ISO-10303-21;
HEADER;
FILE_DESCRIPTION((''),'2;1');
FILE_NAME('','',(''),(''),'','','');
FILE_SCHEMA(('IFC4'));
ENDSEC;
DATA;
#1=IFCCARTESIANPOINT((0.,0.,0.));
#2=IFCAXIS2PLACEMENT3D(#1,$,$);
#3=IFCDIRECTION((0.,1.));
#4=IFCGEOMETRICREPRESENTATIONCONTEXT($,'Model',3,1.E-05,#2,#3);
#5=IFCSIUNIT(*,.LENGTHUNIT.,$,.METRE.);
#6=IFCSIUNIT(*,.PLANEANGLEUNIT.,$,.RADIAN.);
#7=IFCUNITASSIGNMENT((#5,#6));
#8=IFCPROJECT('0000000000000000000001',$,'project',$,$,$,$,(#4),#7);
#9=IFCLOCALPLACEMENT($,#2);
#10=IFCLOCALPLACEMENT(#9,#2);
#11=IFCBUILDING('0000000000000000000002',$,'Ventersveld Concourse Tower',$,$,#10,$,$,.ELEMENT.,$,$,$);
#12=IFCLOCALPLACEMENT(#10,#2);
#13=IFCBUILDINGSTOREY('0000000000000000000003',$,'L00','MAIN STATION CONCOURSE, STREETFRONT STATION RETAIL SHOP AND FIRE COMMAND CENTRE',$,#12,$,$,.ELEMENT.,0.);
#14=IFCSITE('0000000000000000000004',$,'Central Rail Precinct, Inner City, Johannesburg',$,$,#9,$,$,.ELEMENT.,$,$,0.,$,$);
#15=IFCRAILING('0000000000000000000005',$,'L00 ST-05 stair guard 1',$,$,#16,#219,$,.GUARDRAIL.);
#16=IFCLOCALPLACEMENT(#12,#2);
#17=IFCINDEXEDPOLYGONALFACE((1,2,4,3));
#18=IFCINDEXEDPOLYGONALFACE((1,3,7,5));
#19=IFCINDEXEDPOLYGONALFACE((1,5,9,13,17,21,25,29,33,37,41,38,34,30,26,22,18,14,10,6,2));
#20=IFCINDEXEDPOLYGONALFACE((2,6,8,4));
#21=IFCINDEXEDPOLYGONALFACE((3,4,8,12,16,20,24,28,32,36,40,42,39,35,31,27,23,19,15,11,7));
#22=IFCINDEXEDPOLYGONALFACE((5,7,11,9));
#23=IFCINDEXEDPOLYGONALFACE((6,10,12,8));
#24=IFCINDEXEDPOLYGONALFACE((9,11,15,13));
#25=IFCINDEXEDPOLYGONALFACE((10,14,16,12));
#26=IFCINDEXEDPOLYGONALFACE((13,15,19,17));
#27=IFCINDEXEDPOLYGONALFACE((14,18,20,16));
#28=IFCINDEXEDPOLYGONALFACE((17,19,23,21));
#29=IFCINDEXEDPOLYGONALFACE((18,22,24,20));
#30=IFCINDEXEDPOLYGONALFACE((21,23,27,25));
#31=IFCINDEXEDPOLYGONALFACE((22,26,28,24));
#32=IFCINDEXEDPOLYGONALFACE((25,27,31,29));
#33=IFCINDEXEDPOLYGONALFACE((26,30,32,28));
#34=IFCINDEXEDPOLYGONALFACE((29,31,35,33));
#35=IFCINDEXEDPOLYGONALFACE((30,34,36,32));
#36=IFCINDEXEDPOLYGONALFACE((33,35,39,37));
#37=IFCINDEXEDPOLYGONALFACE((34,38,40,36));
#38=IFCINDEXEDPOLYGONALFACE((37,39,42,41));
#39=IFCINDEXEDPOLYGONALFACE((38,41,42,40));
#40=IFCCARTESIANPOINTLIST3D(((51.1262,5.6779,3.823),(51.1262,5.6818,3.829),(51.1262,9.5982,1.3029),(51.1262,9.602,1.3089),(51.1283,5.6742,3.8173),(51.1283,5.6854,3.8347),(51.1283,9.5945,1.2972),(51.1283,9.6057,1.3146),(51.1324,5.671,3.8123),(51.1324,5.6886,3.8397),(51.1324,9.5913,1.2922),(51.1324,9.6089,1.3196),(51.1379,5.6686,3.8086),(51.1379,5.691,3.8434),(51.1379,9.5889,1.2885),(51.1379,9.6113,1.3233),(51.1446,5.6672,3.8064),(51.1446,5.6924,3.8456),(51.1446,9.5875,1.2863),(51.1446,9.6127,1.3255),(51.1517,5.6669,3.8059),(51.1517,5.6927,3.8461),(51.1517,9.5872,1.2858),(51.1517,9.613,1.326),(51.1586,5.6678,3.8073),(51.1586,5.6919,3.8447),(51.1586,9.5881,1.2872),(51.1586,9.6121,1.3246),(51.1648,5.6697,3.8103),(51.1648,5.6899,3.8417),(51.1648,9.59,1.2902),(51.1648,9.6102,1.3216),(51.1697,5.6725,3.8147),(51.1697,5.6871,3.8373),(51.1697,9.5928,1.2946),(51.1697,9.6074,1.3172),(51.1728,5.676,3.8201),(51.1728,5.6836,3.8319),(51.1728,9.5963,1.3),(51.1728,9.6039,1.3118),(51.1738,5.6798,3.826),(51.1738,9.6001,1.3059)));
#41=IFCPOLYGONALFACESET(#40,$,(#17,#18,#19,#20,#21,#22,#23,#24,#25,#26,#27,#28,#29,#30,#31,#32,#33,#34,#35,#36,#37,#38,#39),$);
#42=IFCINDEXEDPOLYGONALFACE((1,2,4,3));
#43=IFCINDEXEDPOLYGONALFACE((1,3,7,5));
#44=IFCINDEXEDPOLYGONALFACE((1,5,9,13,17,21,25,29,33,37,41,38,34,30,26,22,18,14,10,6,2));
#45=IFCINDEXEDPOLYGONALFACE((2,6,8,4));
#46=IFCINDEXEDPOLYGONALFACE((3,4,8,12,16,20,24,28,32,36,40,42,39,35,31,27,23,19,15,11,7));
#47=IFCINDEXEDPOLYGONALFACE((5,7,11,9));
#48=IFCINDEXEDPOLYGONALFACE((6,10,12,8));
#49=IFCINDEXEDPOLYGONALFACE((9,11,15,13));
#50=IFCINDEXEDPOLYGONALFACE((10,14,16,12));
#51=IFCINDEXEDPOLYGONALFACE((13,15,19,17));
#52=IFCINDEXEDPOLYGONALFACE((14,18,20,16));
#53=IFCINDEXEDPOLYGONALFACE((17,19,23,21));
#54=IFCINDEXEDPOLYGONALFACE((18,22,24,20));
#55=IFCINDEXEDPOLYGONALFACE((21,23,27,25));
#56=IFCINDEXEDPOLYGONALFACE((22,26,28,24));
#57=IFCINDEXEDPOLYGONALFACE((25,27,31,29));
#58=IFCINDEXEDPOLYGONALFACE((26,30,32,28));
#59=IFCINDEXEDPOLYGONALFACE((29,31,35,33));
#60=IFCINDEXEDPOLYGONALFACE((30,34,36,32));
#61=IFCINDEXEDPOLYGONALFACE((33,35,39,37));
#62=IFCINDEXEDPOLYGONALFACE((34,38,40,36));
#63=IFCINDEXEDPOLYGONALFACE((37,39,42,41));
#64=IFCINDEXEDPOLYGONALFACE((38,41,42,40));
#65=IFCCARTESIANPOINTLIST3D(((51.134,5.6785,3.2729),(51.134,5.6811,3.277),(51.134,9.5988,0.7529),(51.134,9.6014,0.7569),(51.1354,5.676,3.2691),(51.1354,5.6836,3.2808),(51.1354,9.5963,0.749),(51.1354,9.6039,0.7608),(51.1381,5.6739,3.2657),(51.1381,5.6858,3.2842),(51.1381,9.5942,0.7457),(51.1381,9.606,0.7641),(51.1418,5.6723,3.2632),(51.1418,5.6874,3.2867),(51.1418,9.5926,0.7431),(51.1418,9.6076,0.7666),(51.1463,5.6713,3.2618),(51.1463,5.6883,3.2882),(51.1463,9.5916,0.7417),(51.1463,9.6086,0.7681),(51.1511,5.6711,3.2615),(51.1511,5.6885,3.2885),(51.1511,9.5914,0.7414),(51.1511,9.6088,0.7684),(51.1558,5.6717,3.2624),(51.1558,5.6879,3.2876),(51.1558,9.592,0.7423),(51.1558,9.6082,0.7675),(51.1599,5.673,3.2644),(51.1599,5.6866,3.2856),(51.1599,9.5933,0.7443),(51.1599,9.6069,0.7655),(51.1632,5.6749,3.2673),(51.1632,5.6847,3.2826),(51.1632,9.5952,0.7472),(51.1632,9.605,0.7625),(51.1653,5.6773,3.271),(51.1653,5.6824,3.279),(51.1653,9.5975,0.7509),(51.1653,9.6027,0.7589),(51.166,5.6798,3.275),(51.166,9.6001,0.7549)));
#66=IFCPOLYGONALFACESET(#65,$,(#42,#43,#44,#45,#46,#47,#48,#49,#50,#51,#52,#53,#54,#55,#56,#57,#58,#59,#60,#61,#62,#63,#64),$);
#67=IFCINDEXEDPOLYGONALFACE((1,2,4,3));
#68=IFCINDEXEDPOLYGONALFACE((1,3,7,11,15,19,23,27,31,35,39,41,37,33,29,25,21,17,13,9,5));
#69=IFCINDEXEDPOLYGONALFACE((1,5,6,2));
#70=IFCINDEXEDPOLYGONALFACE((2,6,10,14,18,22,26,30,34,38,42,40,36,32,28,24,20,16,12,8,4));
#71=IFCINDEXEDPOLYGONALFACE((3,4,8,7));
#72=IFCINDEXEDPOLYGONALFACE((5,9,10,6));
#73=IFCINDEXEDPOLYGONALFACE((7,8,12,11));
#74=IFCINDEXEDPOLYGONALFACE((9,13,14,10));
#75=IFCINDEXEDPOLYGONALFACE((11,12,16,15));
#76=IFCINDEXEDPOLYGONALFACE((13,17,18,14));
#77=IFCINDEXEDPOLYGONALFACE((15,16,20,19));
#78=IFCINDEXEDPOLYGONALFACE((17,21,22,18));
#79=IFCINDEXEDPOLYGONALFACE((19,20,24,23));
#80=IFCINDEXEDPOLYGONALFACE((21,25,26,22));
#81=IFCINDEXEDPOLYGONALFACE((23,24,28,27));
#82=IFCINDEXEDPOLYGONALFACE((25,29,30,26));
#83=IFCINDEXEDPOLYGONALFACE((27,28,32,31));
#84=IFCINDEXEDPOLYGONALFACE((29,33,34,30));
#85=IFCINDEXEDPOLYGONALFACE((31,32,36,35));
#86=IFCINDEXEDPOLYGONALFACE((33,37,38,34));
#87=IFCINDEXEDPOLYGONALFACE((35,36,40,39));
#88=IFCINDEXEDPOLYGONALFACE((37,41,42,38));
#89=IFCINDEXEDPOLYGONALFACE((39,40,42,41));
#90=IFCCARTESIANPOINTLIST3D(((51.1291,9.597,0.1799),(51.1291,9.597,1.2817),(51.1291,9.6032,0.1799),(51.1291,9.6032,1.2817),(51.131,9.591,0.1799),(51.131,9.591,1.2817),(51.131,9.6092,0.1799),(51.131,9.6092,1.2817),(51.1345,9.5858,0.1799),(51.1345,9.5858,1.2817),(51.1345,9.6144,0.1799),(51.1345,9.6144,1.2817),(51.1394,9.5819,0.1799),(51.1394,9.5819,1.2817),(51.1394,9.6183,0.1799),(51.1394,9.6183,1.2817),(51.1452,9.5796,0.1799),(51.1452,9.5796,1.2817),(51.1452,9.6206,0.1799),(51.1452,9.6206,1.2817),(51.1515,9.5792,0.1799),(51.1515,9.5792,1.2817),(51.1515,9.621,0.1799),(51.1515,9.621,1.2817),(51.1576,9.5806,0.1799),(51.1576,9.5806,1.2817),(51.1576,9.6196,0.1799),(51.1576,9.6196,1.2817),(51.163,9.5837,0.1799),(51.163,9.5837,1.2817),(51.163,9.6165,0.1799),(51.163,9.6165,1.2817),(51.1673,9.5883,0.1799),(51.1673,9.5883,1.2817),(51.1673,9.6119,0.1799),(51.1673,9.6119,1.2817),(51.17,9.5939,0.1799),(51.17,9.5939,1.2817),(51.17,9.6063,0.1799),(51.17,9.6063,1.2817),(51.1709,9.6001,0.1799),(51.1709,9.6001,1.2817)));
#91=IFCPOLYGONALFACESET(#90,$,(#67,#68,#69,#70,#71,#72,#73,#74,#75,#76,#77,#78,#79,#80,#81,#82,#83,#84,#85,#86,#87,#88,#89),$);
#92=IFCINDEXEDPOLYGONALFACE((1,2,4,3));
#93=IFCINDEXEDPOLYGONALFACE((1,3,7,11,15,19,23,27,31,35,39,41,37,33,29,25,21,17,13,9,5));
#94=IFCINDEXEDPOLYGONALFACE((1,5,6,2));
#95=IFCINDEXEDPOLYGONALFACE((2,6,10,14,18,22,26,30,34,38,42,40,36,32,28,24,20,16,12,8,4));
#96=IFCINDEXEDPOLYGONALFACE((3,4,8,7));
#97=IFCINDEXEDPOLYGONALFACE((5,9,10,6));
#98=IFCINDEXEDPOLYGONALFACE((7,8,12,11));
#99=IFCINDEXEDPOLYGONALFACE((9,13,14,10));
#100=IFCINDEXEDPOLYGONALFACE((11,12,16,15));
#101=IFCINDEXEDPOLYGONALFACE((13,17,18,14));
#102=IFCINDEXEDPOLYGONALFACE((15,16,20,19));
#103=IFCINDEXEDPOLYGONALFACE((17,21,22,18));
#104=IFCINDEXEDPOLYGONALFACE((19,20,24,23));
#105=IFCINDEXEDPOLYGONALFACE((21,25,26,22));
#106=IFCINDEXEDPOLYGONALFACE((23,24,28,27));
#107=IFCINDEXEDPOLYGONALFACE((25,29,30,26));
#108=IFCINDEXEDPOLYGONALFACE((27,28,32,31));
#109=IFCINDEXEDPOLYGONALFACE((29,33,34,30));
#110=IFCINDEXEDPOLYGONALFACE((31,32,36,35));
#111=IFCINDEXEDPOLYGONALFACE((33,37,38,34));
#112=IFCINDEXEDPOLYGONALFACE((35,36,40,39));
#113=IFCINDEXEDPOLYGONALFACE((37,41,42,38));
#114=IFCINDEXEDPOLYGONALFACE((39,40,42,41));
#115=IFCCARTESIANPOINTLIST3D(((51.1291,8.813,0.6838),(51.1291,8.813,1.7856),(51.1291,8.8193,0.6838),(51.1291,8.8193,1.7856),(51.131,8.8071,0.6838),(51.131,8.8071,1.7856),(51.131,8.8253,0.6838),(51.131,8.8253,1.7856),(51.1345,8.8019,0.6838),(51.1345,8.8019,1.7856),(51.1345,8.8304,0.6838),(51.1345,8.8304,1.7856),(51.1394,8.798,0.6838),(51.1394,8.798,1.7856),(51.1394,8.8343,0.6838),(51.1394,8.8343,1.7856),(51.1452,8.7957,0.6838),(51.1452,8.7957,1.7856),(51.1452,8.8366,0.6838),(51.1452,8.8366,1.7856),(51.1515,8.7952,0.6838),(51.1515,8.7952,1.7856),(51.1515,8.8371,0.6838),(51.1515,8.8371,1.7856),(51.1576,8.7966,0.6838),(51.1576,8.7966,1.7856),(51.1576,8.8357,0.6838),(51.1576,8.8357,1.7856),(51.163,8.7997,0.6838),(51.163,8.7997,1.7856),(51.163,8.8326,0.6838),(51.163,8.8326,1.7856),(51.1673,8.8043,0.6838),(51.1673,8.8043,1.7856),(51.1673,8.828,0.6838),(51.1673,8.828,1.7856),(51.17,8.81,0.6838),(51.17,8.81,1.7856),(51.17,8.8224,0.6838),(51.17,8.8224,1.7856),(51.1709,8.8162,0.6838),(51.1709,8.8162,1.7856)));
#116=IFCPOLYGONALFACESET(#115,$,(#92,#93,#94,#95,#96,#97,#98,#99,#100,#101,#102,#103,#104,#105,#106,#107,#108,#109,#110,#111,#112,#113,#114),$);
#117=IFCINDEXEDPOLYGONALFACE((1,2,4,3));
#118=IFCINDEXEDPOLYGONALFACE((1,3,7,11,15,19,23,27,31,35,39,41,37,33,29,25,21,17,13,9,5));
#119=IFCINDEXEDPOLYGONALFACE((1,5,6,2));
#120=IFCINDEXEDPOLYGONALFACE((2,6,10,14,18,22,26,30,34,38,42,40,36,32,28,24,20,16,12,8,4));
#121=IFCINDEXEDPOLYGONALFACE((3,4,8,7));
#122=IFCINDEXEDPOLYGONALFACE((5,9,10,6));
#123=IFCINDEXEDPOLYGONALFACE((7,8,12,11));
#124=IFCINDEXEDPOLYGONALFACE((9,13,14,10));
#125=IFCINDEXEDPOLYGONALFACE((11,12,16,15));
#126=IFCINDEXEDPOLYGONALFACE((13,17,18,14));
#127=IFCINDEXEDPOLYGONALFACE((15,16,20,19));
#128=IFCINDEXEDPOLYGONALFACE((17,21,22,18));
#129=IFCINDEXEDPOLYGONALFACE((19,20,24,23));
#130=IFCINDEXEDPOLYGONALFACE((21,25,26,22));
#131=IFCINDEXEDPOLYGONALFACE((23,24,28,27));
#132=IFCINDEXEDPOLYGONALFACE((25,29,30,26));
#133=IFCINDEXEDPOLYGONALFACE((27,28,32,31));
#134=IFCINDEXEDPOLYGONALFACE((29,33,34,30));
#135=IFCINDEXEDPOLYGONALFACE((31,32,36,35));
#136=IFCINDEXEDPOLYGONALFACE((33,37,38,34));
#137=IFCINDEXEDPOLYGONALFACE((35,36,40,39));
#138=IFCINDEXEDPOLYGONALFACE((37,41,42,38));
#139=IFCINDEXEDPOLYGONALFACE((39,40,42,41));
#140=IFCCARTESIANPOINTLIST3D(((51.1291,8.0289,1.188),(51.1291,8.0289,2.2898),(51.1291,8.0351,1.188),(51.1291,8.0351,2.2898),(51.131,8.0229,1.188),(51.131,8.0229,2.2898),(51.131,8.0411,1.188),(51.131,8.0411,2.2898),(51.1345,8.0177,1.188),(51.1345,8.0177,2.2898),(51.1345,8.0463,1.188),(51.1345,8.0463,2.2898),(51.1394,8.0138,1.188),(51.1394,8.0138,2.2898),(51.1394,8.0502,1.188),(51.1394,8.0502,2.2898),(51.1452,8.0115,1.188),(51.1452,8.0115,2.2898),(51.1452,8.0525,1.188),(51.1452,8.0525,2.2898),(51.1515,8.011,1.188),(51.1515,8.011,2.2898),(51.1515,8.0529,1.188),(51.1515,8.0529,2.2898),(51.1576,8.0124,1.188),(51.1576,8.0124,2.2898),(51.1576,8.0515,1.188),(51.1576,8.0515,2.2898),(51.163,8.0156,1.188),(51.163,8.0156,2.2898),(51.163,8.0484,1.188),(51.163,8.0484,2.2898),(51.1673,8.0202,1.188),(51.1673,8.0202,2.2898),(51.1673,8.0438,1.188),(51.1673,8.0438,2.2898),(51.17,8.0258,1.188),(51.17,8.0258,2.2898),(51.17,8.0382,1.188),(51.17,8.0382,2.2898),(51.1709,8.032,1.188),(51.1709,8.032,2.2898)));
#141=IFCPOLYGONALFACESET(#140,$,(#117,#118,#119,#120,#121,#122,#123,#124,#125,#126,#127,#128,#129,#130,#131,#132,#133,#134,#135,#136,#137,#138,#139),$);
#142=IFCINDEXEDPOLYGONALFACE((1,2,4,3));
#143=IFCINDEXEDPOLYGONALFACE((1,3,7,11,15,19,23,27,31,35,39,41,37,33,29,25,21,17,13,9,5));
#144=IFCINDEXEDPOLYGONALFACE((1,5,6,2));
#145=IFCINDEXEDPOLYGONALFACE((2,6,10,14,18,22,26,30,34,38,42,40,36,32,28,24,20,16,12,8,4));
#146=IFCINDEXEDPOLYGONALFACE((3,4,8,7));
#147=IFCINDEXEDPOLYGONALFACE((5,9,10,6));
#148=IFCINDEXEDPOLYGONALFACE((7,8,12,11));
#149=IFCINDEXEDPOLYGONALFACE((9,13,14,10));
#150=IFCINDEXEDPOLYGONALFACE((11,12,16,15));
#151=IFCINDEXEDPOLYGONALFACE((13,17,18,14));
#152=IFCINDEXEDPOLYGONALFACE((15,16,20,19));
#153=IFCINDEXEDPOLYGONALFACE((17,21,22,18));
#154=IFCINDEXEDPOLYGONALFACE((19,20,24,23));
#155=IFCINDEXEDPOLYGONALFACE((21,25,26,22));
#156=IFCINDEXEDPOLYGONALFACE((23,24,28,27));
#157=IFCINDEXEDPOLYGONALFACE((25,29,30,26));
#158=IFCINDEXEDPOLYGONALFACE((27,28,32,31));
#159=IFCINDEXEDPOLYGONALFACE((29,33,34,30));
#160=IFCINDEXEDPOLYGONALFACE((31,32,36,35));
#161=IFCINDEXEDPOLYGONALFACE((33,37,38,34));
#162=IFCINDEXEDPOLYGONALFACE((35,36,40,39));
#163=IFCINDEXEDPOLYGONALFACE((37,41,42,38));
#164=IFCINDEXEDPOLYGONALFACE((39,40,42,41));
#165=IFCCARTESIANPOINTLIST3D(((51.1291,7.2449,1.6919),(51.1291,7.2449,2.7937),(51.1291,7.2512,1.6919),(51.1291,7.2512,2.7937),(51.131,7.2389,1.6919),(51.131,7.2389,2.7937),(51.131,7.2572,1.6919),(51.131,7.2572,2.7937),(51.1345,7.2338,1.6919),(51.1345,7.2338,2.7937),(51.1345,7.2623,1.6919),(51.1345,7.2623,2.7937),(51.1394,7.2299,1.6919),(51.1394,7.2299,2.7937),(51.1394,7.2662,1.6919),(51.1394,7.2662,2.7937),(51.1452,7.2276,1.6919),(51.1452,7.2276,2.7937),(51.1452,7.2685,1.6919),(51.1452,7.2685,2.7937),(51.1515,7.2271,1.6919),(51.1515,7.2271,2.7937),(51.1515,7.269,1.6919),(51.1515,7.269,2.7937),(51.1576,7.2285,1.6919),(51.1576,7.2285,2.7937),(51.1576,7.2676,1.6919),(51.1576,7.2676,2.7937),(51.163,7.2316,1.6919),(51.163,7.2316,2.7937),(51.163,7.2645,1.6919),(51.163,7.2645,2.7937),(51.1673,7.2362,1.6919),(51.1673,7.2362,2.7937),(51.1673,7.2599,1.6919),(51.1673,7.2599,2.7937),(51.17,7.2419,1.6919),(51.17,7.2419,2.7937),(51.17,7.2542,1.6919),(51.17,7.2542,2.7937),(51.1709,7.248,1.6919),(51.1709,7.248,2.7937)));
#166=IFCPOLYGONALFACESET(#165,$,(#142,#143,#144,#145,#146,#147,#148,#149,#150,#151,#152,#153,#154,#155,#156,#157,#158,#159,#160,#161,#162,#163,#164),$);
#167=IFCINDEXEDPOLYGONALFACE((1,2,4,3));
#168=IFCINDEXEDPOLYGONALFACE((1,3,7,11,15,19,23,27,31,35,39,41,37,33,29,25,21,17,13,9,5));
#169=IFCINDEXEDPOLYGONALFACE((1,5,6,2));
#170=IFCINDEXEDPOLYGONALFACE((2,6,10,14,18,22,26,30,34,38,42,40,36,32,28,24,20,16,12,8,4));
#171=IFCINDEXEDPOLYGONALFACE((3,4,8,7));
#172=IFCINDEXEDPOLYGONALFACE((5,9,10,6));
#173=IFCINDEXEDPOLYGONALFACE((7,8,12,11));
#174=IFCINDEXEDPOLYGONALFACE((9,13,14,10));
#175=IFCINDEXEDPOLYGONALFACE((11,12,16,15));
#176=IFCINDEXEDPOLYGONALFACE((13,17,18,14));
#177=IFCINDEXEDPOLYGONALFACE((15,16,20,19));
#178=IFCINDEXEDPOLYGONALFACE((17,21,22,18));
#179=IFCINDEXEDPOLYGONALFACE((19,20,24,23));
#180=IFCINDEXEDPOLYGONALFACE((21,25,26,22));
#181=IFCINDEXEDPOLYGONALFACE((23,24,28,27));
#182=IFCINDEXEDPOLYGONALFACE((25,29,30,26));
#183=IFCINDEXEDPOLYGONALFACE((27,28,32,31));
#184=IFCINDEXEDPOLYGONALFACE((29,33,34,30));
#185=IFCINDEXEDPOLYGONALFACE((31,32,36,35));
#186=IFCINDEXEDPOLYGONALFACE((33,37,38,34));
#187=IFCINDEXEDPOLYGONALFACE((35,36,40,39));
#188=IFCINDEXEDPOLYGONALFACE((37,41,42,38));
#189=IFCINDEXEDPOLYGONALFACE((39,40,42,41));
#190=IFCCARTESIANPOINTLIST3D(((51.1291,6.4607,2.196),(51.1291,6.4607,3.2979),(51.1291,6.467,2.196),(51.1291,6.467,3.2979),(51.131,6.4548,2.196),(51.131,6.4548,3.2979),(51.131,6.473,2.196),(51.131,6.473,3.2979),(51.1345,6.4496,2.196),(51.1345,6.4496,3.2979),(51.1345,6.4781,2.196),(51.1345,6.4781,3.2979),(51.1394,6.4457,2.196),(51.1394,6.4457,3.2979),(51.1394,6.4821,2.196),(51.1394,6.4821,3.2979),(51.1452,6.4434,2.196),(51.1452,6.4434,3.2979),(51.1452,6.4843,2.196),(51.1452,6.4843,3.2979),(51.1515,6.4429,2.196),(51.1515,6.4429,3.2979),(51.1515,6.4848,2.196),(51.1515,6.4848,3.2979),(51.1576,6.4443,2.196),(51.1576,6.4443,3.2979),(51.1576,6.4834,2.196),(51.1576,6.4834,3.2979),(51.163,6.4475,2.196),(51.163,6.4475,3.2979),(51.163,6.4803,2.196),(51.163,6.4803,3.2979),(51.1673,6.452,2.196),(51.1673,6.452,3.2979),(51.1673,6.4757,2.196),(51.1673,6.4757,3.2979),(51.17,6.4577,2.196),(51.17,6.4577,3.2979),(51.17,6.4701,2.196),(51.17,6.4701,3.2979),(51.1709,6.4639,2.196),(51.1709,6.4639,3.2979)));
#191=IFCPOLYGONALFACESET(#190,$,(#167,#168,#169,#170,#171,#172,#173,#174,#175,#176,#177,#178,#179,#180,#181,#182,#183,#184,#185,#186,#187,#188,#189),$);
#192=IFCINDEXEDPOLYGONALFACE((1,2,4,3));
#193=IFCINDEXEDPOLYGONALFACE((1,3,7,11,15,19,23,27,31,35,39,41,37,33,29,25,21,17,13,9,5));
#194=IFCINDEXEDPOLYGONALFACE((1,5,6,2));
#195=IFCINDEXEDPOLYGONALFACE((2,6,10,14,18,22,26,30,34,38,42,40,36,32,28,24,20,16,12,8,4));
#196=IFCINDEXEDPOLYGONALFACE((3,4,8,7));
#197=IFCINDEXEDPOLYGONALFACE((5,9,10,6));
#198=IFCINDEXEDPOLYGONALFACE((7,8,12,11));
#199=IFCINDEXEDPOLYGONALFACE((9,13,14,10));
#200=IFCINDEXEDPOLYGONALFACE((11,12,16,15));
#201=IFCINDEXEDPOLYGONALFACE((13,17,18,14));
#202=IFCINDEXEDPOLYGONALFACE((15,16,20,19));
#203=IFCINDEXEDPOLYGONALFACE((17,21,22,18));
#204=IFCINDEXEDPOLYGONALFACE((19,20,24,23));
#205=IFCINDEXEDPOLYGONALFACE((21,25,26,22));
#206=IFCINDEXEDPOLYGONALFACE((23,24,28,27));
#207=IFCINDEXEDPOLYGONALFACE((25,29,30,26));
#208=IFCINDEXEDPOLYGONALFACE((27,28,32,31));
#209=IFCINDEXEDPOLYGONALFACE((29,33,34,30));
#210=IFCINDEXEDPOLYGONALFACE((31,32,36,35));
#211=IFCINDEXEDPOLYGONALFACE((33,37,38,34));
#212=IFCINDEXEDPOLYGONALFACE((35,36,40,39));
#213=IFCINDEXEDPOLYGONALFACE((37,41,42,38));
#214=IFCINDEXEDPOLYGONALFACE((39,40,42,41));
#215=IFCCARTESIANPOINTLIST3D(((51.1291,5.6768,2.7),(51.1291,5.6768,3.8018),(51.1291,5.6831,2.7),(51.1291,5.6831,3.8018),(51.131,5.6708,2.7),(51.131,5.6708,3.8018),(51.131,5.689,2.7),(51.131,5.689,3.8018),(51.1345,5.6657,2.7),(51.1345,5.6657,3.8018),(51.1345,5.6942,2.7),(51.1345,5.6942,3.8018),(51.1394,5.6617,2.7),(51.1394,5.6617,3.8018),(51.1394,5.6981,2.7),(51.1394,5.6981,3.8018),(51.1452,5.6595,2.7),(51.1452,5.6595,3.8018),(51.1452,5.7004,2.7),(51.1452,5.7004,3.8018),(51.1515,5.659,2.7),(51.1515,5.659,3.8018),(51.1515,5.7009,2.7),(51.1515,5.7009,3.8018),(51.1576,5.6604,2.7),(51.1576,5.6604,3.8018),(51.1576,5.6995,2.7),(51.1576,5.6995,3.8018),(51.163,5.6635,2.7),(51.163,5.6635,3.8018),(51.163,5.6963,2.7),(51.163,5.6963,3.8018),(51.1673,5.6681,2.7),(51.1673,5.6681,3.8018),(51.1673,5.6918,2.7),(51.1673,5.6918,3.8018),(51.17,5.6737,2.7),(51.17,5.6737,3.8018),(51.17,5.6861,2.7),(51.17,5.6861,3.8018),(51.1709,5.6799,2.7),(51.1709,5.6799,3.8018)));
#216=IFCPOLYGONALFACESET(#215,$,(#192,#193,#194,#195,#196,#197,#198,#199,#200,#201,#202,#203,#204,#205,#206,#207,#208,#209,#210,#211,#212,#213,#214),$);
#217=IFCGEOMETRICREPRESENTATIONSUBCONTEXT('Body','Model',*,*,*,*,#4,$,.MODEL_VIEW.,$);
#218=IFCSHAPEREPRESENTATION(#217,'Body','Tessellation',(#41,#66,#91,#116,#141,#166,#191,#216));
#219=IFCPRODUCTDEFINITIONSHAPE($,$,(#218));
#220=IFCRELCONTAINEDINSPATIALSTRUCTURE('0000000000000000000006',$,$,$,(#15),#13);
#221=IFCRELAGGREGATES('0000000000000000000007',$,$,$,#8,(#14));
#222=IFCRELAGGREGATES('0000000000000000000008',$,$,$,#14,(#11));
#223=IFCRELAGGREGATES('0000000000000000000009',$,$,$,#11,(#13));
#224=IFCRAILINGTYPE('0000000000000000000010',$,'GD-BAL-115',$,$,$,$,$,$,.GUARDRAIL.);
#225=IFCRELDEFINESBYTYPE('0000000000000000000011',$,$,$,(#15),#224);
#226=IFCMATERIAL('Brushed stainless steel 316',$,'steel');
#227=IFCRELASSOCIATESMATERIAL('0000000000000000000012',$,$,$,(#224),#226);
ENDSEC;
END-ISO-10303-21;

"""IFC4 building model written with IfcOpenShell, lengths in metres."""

from ifc_helpers import new_model, si_unit, direction, frame, origin, origin_2d, place, context, subcontext, project, spatial, circle, extrude, material, type_object, element, save


model = new_model("IFC4")

# Units and contexts
model_context = context("Model", 3, precision=1e-05, world=origin(), true_north=direction((0.0, 1.0)))
body_context = subcontext(model_context, "Body", "Model", "MODEL_VIEW")
ifc_project = project(units=[si_unit("LENGTHUNIT", "METRE"), si_unit("PLANEANGLEUNIT", "RADIAN")], contexts=[model_context])

# Site, building, storey
site_placement = place(None, origin())
site = spatial("IfcSite", under=ifc_project, at=site_placement, Name="Central Rail Precinct, Inner City, Johannesburg", CompositionType="ELEMENT", RefElevation=0.0)
building_placement = place(site_placement, origin())
building = spatial("IfcBuilding", under=site, at=building_placement, Name="Ventersveld Concourse Tower", CompositionType="ELEMENT")
storey_placement = place(building_placement, origin())
storey = spatial("IfcBuildingStorey", under=building, at=storey_placement, Name="L00", Description="MAIN STATION CONCOURSE, STREETFRONT STATION RETAIL SHOP AND FIRE COMMAND CENTRE", CompositionType="ELEMENT", Elevation=0.0)

# Railing
ifc_material_1 = material(Name="Brushed stainless steel 316", Category="steel")
railing_type_1 = type_object("IfcRailingType", Name="GD-BAL-115", PredefinedType="GUARDRAIL", material=ifc_material_1)
railing_1_placement = place(storey_placement, frame((51.1499, 9.6001, 0.1799)))
element("IfcRailing", 1, at=railing_1_placement, inside=storey, type_object=railing_type_1, Name="L00 ST-05 stair guard 1", PredefinedType="GUARDRAIL", context=body_context, shape_type="SweptSolid", body=[
    extrude(circle(Radius=0.0239, at=origin_2d()), frame((0.0, 0.0, 1.126), z_axis=(0.0, -0.841187, 0.540744), x_axis=(1.0, 0.0, 0.0)), (0.0, 0.0, 1.0), 4.6604),
    extrude(circle(Radius=0.0161, at=origin_2d()), frame((0.0, 0.0, 0.575), z_axis=(0.0, -0.841187, 0.540744), x_axis=(1.0, 0.0, 0.0)), (0.0, 0.0, 1.0), 4.6604),
    extrude(circle(Radius=0.021, at=origin_2d()), origin(), (0.0, 0.0, 1.0), 1.1018),
    extrude(circle(Radius=0.021, at=origin_2d()), frame((0.0, -0.7839, 0.5039)), (0.0, 0.0, 1.0), 1.1018),
    extrude(circle(Radius=0.021, at=origin_2d()), frame((0.0, -1.5681, 1.0081)), (0.0, 0.0, 1.0), 1.1018),
    extrude(circle(Radius=0.021, at=origin_2d()), frame((0.0, -2.3521, 1.512)), (0.0, 0.0, 1.0), 1.1018),
    extrude(circle(Radius=0.021, at=origin_2d()), frame((0.0, -3.1362, 2.0161)), (0.0, 0.0, 1.0), 1.1018),
    extrude(circle(Radius=0.021, at=origin_2d()), frame((0.0, -3.9202, 2.52)), (0.0, 0.0, 1.0), 1.1018),
])

save(model, "model.ifc")
